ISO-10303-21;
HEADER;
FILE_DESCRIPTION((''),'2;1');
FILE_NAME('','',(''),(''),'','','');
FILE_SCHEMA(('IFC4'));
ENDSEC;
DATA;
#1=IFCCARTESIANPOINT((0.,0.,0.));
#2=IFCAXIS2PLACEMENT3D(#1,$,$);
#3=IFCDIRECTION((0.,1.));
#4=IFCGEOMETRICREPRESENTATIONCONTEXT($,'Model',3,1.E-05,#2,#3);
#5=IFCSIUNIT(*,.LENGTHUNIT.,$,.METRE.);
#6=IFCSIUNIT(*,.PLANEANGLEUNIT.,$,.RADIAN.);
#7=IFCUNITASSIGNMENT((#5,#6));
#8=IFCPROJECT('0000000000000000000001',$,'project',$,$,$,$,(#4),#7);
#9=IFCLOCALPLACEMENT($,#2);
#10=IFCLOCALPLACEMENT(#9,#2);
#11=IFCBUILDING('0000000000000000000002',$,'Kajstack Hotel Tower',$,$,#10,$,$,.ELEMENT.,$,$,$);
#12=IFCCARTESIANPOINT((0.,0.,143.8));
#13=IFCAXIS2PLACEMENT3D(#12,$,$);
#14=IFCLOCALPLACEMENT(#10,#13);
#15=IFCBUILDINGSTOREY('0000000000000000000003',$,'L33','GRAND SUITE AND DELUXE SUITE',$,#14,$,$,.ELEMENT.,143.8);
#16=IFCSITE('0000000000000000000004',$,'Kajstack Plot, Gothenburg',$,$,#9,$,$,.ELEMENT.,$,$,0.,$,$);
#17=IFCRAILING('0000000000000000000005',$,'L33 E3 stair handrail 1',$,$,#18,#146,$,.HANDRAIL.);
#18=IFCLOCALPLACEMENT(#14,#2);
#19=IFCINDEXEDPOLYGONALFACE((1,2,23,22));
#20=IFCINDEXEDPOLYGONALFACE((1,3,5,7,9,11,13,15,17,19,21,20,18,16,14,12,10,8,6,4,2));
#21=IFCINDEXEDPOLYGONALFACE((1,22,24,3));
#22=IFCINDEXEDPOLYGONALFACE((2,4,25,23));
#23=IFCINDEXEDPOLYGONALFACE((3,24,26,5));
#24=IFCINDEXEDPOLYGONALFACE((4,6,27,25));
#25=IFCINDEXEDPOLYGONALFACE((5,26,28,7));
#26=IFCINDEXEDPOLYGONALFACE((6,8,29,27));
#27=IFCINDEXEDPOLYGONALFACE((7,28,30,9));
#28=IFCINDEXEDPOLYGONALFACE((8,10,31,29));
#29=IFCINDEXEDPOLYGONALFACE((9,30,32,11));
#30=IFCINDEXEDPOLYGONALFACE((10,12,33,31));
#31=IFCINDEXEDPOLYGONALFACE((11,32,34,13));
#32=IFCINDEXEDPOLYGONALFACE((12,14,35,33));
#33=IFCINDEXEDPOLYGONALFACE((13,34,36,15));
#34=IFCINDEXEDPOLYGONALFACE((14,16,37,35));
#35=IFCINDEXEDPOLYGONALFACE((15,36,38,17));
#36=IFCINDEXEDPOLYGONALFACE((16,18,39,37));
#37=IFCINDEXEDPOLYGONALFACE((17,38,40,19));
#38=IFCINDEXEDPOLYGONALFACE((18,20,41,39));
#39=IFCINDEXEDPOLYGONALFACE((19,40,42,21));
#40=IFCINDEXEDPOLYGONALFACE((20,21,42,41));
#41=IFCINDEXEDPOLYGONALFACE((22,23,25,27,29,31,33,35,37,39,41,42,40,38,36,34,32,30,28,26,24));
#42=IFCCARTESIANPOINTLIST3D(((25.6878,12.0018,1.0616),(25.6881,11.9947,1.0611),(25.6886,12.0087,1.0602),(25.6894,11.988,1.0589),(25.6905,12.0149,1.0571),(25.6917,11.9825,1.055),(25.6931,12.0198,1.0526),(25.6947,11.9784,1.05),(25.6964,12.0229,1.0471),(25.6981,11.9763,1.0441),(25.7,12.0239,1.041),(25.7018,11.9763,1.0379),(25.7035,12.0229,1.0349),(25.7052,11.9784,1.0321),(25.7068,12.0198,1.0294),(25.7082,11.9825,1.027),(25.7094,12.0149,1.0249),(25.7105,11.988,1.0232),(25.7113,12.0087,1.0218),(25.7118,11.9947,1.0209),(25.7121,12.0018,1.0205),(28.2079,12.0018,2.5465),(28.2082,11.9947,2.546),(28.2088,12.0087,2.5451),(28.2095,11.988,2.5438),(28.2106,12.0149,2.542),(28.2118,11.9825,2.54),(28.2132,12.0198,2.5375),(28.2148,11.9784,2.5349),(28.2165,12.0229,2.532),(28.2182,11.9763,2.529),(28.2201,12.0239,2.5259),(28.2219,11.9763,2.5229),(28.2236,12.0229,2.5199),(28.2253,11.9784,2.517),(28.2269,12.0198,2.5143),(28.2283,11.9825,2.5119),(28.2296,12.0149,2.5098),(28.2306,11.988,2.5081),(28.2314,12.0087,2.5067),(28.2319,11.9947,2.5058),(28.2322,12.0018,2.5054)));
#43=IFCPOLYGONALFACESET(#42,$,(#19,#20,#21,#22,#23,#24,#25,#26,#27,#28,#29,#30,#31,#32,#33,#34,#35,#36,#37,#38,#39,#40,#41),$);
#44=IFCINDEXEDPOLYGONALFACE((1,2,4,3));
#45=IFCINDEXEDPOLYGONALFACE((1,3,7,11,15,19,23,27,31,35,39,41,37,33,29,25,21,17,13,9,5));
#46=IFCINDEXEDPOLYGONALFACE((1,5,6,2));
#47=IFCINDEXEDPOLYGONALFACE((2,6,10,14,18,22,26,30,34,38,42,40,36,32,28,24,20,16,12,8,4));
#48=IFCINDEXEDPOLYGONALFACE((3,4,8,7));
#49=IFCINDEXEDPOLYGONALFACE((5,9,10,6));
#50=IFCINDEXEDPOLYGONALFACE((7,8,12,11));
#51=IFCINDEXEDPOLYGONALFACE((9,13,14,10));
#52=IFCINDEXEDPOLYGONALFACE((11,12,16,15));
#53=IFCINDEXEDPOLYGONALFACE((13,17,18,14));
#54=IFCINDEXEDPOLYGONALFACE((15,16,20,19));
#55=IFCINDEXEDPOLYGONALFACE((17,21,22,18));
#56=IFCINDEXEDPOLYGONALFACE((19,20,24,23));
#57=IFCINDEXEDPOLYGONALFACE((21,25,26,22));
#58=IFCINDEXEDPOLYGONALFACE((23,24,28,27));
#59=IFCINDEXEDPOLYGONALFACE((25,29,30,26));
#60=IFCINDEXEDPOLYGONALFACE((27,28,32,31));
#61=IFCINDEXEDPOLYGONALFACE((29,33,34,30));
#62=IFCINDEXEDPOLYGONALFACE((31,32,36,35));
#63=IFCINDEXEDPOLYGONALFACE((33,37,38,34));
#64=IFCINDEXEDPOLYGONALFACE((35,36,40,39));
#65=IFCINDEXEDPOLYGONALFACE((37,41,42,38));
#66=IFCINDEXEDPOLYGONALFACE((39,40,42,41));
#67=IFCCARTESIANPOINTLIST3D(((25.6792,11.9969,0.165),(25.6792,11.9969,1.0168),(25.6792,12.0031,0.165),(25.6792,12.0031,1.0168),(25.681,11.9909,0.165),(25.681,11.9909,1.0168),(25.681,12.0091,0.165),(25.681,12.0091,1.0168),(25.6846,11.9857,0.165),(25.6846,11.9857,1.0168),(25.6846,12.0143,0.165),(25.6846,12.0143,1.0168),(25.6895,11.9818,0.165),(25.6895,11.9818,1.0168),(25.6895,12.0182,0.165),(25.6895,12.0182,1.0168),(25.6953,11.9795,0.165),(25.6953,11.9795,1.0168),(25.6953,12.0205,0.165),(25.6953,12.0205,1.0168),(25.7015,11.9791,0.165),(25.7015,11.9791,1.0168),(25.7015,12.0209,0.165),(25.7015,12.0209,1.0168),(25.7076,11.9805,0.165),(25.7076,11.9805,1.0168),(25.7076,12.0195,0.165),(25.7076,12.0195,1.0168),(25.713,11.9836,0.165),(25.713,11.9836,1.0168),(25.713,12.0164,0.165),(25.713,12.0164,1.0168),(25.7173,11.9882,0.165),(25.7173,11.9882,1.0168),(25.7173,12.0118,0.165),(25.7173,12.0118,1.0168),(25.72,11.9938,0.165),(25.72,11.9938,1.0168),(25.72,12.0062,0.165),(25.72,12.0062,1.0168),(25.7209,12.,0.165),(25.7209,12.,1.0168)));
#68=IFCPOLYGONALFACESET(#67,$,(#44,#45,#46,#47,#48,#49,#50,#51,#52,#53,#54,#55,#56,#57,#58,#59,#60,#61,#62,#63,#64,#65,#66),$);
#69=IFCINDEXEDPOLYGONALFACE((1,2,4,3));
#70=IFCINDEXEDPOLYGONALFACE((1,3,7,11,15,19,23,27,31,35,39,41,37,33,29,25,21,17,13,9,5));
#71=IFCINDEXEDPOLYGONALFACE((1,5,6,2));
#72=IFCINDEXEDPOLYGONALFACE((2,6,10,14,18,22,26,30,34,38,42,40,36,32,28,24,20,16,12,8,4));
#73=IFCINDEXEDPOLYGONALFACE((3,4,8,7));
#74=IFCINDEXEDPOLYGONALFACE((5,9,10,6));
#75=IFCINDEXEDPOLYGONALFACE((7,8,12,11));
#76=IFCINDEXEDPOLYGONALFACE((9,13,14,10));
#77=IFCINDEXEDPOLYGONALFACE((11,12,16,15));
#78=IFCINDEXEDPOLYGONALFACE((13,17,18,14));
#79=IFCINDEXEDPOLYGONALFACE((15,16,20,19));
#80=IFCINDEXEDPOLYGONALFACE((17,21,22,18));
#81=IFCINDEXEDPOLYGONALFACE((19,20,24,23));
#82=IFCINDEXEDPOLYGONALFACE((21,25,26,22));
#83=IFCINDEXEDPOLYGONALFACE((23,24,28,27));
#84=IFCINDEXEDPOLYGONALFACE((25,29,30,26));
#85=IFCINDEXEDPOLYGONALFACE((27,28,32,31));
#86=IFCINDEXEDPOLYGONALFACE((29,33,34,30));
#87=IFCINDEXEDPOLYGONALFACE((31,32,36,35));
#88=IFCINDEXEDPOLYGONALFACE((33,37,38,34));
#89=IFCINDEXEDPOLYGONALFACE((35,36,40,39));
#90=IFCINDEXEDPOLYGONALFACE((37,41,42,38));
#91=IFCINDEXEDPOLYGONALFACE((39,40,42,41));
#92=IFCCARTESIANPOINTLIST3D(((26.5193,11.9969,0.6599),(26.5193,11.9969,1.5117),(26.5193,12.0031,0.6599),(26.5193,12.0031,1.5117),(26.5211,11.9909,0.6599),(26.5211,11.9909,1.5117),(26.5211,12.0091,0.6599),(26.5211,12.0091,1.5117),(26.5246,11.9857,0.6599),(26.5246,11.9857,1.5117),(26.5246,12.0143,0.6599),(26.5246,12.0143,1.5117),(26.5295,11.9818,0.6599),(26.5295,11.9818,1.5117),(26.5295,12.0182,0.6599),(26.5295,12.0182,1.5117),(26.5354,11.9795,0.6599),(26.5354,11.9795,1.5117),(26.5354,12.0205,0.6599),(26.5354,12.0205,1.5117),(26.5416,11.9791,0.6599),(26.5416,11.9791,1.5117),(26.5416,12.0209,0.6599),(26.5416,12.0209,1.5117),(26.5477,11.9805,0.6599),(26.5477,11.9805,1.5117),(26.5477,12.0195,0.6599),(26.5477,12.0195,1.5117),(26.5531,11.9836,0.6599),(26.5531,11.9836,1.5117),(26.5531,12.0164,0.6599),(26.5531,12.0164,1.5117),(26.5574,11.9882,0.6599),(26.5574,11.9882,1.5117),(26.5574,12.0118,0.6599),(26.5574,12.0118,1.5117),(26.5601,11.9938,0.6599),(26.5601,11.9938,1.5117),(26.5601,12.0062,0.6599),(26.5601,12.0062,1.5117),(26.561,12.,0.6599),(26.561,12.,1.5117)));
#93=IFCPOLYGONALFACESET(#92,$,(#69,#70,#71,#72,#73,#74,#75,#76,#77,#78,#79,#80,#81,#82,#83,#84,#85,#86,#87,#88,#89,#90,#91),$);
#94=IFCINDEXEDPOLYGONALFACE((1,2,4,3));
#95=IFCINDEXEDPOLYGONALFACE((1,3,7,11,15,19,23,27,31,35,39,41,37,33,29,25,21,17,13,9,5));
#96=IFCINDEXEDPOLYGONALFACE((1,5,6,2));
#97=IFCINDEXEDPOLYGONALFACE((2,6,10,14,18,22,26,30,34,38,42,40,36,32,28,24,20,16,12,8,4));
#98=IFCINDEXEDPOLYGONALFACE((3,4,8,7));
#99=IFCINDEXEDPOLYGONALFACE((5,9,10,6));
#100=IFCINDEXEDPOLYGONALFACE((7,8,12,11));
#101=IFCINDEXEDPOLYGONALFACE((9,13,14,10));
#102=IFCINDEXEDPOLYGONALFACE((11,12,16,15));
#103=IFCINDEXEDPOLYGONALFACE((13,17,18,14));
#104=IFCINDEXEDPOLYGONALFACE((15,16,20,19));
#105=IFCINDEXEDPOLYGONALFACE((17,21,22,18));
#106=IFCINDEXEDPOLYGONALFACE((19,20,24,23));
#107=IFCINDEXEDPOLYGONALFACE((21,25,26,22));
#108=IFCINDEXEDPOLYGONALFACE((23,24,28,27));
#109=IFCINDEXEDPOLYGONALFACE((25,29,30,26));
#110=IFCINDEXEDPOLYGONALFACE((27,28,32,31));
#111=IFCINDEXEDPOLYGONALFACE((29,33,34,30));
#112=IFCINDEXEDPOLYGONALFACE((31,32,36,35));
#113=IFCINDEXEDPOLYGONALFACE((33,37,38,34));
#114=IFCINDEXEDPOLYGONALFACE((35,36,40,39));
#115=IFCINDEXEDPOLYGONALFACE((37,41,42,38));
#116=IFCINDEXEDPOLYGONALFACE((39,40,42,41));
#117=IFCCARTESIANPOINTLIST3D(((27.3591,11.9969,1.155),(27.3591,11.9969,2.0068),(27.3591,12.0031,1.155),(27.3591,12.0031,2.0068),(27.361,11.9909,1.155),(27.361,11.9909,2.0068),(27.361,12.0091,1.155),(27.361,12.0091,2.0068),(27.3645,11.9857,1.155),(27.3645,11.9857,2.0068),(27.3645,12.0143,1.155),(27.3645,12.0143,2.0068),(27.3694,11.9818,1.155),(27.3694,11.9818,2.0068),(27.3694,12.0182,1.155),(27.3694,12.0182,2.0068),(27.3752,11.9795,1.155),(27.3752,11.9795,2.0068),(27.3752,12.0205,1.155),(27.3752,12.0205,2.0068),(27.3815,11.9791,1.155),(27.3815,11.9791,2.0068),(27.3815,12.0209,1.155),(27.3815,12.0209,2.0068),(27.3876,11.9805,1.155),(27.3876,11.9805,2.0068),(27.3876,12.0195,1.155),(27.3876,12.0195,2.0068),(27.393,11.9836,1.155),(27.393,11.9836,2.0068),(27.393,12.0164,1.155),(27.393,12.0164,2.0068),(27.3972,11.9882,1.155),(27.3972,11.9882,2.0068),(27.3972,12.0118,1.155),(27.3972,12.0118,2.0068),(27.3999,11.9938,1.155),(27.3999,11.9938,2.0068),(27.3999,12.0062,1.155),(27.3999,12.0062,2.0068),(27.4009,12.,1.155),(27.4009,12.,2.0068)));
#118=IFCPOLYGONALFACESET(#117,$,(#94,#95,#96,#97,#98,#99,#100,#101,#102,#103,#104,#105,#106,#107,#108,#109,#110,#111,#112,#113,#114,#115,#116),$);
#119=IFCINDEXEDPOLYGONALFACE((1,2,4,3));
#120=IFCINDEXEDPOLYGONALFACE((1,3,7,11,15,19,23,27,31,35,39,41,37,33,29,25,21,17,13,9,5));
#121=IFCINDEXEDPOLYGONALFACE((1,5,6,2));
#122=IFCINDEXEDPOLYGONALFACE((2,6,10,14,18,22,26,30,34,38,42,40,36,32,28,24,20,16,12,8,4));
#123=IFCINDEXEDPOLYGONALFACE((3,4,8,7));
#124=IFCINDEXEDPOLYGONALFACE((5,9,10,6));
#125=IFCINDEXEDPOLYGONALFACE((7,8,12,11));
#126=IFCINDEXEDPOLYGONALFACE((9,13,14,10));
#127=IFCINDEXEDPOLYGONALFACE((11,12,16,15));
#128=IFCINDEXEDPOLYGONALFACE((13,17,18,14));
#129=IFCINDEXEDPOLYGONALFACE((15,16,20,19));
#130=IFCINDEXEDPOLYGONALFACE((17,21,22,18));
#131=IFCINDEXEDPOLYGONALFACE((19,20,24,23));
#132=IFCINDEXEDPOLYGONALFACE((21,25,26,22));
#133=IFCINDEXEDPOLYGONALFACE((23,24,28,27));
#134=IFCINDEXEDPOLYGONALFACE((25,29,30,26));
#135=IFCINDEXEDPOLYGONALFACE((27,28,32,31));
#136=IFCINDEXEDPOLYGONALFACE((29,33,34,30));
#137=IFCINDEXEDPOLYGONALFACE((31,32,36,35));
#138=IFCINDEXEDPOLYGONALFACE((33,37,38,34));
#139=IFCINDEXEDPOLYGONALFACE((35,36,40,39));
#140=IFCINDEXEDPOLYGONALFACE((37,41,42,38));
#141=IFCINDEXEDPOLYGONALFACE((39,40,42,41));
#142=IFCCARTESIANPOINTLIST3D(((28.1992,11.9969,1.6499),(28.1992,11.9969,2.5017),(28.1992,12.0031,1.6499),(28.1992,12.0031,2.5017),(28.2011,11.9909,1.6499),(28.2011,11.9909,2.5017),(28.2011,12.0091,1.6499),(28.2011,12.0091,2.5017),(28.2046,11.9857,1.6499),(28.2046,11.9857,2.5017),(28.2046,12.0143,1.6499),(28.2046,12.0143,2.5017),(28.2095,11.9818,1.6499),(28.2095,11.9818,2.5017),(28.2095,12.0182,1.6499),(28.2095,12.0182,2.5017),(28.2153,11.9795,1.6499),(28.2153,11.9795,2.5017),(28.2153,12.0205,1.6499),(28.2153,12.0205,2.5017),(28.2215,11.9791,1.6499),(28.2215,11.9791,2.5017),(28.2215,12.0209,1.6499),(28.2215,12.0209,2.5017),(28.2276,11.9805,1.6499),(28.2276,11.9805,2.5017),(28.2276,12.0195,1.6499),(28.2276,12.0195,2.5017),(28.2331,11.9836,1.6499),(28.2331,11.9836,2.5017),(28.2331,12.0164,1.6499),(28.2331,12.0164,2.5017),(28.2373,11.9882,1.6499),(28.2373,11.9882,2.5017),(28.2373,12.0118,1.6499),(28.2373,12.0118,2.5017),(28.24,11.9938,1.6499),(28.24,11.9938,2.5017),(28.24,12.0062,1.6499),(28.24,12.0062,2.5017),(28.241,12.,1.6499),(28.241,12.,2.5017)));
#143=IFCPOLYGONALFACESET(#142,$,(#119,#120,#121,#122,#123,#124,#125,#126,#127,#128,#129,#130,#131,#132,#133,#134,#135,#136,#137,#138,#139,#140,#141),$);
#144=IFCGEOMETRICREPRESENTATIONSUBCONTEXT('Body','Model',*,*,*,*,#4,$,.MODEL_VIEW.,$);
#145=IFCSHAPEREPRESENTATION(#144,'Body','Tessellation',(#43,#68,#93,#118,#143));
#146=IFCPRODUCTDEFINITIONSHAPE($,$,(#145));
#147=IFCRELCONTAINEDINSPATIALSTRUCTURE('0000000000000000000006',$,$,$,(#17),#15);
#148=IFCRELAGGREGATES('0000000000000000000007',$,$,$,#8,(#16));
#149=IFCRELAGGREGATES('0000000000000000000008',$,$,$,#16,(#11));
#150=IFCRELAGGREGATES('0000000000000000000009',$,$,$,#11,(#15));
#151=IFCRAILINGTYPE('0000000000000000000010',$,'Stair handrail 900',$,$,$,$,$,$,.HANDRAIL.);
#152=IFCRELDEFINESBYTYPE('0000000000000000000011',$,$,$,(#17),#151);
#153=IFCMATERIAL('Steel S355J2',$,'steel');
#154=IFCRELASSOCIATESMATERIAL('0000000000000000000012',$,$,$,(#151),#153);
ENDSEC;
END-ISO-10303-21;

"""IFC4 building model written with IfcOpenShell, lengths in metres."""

from ifc_helpers import new_model, si_unit, direction, frame, origin, origin_2d, place, context, subcontext, project, spatial, circle, extrude, material, type_object, element, save


model = new_model("IFC4")

# Units and contexts
model_context = context("Model", 3, precision=1e-05, world=origin(), true_north=direction((0.0, 1.0)))
body_context = subcontext(model_context, "Body", "Model", "MODEL_VIEW")
ifc_project = project(units=[si_unit("LENGTHUNIT", "METRE"), si_unit("PLANEANGLEUNIT", "RADIAN")], contexts=[model_context])

# Site, building, storey
site_placement = place(None, origin())
site = spatial("IfcSite", under=ifc_project, at=site_placement, Name="Kajstack Plot, Gothenburg", CompositionType="ELEMENT", RefElevation=0.0)
building_placement = place(site_placement, origin())
building = spatial("IfcBuilding", under=site, at=building_placement, Name="Kajstack Hotel Tower", CompositionType="ELEMENT")
storey_placement = place(building_placement, frame((0.0, 0.0, 143.8)))
storey = spatial("IfcBuildingStorey", under=building, at=storey_placement, Name="L33", Description="GRAND SUITE AND DELUXE SUITE", CompositionType="ELEMENT", Elevation=143.8)

# Railing
ifc_material_1 = material(Name="Steel S355J2", Category="steel")
railing_type_1 = type_object("IfcRailingType", Name="Stair handrail 900", PredefinedType="HANDRAIL", material=ifc_material_1)
railing_1_placement = place(storey_placement, frame((25.7, 12.0, 0.165)))
element("IfcRailing", 1, at=railing_1_placement, inside=storey, type_object=railing_type_1, Name="L33 E3 stair handrail 1", PredefinedType="HANDRAIL", context=body_context, shape_type="SweptSolid", body=[
    extrude(circle(Radius=0.0239, at=origin_2d()), frame((0.0, 0.0, 0.876), z_axis=(0.861561, 0.0, 0.507655), x_axis=(0.0, 1.0, 0.0)), (0.0, 0.0, 1.0), 2.925),
    extrude(circle(Radius=0.021, at=origin_2d()), origin(), (0.0, 0.0, 1.0), 0.8518),
    extrude(circle(Radius=0.021, at=origin_2d()), frame((0.8401, 0.0, 0.4949)), (0.0, 0.0, 1.0), 0.8518),
    extrude(circle(Radius=0.021, at=origin_2d()), frame((1.6799, 0.0, 0.99)), (0.0, 0.0, 1.0), 0.8518),
    extrude(circle(Radius=0.021, at=origin_2d()), frame((2.52, 0.0, 1.4849)), (0.0, 0.0, 1.0), 0.8518),
])

save(model, "model.ifc")
